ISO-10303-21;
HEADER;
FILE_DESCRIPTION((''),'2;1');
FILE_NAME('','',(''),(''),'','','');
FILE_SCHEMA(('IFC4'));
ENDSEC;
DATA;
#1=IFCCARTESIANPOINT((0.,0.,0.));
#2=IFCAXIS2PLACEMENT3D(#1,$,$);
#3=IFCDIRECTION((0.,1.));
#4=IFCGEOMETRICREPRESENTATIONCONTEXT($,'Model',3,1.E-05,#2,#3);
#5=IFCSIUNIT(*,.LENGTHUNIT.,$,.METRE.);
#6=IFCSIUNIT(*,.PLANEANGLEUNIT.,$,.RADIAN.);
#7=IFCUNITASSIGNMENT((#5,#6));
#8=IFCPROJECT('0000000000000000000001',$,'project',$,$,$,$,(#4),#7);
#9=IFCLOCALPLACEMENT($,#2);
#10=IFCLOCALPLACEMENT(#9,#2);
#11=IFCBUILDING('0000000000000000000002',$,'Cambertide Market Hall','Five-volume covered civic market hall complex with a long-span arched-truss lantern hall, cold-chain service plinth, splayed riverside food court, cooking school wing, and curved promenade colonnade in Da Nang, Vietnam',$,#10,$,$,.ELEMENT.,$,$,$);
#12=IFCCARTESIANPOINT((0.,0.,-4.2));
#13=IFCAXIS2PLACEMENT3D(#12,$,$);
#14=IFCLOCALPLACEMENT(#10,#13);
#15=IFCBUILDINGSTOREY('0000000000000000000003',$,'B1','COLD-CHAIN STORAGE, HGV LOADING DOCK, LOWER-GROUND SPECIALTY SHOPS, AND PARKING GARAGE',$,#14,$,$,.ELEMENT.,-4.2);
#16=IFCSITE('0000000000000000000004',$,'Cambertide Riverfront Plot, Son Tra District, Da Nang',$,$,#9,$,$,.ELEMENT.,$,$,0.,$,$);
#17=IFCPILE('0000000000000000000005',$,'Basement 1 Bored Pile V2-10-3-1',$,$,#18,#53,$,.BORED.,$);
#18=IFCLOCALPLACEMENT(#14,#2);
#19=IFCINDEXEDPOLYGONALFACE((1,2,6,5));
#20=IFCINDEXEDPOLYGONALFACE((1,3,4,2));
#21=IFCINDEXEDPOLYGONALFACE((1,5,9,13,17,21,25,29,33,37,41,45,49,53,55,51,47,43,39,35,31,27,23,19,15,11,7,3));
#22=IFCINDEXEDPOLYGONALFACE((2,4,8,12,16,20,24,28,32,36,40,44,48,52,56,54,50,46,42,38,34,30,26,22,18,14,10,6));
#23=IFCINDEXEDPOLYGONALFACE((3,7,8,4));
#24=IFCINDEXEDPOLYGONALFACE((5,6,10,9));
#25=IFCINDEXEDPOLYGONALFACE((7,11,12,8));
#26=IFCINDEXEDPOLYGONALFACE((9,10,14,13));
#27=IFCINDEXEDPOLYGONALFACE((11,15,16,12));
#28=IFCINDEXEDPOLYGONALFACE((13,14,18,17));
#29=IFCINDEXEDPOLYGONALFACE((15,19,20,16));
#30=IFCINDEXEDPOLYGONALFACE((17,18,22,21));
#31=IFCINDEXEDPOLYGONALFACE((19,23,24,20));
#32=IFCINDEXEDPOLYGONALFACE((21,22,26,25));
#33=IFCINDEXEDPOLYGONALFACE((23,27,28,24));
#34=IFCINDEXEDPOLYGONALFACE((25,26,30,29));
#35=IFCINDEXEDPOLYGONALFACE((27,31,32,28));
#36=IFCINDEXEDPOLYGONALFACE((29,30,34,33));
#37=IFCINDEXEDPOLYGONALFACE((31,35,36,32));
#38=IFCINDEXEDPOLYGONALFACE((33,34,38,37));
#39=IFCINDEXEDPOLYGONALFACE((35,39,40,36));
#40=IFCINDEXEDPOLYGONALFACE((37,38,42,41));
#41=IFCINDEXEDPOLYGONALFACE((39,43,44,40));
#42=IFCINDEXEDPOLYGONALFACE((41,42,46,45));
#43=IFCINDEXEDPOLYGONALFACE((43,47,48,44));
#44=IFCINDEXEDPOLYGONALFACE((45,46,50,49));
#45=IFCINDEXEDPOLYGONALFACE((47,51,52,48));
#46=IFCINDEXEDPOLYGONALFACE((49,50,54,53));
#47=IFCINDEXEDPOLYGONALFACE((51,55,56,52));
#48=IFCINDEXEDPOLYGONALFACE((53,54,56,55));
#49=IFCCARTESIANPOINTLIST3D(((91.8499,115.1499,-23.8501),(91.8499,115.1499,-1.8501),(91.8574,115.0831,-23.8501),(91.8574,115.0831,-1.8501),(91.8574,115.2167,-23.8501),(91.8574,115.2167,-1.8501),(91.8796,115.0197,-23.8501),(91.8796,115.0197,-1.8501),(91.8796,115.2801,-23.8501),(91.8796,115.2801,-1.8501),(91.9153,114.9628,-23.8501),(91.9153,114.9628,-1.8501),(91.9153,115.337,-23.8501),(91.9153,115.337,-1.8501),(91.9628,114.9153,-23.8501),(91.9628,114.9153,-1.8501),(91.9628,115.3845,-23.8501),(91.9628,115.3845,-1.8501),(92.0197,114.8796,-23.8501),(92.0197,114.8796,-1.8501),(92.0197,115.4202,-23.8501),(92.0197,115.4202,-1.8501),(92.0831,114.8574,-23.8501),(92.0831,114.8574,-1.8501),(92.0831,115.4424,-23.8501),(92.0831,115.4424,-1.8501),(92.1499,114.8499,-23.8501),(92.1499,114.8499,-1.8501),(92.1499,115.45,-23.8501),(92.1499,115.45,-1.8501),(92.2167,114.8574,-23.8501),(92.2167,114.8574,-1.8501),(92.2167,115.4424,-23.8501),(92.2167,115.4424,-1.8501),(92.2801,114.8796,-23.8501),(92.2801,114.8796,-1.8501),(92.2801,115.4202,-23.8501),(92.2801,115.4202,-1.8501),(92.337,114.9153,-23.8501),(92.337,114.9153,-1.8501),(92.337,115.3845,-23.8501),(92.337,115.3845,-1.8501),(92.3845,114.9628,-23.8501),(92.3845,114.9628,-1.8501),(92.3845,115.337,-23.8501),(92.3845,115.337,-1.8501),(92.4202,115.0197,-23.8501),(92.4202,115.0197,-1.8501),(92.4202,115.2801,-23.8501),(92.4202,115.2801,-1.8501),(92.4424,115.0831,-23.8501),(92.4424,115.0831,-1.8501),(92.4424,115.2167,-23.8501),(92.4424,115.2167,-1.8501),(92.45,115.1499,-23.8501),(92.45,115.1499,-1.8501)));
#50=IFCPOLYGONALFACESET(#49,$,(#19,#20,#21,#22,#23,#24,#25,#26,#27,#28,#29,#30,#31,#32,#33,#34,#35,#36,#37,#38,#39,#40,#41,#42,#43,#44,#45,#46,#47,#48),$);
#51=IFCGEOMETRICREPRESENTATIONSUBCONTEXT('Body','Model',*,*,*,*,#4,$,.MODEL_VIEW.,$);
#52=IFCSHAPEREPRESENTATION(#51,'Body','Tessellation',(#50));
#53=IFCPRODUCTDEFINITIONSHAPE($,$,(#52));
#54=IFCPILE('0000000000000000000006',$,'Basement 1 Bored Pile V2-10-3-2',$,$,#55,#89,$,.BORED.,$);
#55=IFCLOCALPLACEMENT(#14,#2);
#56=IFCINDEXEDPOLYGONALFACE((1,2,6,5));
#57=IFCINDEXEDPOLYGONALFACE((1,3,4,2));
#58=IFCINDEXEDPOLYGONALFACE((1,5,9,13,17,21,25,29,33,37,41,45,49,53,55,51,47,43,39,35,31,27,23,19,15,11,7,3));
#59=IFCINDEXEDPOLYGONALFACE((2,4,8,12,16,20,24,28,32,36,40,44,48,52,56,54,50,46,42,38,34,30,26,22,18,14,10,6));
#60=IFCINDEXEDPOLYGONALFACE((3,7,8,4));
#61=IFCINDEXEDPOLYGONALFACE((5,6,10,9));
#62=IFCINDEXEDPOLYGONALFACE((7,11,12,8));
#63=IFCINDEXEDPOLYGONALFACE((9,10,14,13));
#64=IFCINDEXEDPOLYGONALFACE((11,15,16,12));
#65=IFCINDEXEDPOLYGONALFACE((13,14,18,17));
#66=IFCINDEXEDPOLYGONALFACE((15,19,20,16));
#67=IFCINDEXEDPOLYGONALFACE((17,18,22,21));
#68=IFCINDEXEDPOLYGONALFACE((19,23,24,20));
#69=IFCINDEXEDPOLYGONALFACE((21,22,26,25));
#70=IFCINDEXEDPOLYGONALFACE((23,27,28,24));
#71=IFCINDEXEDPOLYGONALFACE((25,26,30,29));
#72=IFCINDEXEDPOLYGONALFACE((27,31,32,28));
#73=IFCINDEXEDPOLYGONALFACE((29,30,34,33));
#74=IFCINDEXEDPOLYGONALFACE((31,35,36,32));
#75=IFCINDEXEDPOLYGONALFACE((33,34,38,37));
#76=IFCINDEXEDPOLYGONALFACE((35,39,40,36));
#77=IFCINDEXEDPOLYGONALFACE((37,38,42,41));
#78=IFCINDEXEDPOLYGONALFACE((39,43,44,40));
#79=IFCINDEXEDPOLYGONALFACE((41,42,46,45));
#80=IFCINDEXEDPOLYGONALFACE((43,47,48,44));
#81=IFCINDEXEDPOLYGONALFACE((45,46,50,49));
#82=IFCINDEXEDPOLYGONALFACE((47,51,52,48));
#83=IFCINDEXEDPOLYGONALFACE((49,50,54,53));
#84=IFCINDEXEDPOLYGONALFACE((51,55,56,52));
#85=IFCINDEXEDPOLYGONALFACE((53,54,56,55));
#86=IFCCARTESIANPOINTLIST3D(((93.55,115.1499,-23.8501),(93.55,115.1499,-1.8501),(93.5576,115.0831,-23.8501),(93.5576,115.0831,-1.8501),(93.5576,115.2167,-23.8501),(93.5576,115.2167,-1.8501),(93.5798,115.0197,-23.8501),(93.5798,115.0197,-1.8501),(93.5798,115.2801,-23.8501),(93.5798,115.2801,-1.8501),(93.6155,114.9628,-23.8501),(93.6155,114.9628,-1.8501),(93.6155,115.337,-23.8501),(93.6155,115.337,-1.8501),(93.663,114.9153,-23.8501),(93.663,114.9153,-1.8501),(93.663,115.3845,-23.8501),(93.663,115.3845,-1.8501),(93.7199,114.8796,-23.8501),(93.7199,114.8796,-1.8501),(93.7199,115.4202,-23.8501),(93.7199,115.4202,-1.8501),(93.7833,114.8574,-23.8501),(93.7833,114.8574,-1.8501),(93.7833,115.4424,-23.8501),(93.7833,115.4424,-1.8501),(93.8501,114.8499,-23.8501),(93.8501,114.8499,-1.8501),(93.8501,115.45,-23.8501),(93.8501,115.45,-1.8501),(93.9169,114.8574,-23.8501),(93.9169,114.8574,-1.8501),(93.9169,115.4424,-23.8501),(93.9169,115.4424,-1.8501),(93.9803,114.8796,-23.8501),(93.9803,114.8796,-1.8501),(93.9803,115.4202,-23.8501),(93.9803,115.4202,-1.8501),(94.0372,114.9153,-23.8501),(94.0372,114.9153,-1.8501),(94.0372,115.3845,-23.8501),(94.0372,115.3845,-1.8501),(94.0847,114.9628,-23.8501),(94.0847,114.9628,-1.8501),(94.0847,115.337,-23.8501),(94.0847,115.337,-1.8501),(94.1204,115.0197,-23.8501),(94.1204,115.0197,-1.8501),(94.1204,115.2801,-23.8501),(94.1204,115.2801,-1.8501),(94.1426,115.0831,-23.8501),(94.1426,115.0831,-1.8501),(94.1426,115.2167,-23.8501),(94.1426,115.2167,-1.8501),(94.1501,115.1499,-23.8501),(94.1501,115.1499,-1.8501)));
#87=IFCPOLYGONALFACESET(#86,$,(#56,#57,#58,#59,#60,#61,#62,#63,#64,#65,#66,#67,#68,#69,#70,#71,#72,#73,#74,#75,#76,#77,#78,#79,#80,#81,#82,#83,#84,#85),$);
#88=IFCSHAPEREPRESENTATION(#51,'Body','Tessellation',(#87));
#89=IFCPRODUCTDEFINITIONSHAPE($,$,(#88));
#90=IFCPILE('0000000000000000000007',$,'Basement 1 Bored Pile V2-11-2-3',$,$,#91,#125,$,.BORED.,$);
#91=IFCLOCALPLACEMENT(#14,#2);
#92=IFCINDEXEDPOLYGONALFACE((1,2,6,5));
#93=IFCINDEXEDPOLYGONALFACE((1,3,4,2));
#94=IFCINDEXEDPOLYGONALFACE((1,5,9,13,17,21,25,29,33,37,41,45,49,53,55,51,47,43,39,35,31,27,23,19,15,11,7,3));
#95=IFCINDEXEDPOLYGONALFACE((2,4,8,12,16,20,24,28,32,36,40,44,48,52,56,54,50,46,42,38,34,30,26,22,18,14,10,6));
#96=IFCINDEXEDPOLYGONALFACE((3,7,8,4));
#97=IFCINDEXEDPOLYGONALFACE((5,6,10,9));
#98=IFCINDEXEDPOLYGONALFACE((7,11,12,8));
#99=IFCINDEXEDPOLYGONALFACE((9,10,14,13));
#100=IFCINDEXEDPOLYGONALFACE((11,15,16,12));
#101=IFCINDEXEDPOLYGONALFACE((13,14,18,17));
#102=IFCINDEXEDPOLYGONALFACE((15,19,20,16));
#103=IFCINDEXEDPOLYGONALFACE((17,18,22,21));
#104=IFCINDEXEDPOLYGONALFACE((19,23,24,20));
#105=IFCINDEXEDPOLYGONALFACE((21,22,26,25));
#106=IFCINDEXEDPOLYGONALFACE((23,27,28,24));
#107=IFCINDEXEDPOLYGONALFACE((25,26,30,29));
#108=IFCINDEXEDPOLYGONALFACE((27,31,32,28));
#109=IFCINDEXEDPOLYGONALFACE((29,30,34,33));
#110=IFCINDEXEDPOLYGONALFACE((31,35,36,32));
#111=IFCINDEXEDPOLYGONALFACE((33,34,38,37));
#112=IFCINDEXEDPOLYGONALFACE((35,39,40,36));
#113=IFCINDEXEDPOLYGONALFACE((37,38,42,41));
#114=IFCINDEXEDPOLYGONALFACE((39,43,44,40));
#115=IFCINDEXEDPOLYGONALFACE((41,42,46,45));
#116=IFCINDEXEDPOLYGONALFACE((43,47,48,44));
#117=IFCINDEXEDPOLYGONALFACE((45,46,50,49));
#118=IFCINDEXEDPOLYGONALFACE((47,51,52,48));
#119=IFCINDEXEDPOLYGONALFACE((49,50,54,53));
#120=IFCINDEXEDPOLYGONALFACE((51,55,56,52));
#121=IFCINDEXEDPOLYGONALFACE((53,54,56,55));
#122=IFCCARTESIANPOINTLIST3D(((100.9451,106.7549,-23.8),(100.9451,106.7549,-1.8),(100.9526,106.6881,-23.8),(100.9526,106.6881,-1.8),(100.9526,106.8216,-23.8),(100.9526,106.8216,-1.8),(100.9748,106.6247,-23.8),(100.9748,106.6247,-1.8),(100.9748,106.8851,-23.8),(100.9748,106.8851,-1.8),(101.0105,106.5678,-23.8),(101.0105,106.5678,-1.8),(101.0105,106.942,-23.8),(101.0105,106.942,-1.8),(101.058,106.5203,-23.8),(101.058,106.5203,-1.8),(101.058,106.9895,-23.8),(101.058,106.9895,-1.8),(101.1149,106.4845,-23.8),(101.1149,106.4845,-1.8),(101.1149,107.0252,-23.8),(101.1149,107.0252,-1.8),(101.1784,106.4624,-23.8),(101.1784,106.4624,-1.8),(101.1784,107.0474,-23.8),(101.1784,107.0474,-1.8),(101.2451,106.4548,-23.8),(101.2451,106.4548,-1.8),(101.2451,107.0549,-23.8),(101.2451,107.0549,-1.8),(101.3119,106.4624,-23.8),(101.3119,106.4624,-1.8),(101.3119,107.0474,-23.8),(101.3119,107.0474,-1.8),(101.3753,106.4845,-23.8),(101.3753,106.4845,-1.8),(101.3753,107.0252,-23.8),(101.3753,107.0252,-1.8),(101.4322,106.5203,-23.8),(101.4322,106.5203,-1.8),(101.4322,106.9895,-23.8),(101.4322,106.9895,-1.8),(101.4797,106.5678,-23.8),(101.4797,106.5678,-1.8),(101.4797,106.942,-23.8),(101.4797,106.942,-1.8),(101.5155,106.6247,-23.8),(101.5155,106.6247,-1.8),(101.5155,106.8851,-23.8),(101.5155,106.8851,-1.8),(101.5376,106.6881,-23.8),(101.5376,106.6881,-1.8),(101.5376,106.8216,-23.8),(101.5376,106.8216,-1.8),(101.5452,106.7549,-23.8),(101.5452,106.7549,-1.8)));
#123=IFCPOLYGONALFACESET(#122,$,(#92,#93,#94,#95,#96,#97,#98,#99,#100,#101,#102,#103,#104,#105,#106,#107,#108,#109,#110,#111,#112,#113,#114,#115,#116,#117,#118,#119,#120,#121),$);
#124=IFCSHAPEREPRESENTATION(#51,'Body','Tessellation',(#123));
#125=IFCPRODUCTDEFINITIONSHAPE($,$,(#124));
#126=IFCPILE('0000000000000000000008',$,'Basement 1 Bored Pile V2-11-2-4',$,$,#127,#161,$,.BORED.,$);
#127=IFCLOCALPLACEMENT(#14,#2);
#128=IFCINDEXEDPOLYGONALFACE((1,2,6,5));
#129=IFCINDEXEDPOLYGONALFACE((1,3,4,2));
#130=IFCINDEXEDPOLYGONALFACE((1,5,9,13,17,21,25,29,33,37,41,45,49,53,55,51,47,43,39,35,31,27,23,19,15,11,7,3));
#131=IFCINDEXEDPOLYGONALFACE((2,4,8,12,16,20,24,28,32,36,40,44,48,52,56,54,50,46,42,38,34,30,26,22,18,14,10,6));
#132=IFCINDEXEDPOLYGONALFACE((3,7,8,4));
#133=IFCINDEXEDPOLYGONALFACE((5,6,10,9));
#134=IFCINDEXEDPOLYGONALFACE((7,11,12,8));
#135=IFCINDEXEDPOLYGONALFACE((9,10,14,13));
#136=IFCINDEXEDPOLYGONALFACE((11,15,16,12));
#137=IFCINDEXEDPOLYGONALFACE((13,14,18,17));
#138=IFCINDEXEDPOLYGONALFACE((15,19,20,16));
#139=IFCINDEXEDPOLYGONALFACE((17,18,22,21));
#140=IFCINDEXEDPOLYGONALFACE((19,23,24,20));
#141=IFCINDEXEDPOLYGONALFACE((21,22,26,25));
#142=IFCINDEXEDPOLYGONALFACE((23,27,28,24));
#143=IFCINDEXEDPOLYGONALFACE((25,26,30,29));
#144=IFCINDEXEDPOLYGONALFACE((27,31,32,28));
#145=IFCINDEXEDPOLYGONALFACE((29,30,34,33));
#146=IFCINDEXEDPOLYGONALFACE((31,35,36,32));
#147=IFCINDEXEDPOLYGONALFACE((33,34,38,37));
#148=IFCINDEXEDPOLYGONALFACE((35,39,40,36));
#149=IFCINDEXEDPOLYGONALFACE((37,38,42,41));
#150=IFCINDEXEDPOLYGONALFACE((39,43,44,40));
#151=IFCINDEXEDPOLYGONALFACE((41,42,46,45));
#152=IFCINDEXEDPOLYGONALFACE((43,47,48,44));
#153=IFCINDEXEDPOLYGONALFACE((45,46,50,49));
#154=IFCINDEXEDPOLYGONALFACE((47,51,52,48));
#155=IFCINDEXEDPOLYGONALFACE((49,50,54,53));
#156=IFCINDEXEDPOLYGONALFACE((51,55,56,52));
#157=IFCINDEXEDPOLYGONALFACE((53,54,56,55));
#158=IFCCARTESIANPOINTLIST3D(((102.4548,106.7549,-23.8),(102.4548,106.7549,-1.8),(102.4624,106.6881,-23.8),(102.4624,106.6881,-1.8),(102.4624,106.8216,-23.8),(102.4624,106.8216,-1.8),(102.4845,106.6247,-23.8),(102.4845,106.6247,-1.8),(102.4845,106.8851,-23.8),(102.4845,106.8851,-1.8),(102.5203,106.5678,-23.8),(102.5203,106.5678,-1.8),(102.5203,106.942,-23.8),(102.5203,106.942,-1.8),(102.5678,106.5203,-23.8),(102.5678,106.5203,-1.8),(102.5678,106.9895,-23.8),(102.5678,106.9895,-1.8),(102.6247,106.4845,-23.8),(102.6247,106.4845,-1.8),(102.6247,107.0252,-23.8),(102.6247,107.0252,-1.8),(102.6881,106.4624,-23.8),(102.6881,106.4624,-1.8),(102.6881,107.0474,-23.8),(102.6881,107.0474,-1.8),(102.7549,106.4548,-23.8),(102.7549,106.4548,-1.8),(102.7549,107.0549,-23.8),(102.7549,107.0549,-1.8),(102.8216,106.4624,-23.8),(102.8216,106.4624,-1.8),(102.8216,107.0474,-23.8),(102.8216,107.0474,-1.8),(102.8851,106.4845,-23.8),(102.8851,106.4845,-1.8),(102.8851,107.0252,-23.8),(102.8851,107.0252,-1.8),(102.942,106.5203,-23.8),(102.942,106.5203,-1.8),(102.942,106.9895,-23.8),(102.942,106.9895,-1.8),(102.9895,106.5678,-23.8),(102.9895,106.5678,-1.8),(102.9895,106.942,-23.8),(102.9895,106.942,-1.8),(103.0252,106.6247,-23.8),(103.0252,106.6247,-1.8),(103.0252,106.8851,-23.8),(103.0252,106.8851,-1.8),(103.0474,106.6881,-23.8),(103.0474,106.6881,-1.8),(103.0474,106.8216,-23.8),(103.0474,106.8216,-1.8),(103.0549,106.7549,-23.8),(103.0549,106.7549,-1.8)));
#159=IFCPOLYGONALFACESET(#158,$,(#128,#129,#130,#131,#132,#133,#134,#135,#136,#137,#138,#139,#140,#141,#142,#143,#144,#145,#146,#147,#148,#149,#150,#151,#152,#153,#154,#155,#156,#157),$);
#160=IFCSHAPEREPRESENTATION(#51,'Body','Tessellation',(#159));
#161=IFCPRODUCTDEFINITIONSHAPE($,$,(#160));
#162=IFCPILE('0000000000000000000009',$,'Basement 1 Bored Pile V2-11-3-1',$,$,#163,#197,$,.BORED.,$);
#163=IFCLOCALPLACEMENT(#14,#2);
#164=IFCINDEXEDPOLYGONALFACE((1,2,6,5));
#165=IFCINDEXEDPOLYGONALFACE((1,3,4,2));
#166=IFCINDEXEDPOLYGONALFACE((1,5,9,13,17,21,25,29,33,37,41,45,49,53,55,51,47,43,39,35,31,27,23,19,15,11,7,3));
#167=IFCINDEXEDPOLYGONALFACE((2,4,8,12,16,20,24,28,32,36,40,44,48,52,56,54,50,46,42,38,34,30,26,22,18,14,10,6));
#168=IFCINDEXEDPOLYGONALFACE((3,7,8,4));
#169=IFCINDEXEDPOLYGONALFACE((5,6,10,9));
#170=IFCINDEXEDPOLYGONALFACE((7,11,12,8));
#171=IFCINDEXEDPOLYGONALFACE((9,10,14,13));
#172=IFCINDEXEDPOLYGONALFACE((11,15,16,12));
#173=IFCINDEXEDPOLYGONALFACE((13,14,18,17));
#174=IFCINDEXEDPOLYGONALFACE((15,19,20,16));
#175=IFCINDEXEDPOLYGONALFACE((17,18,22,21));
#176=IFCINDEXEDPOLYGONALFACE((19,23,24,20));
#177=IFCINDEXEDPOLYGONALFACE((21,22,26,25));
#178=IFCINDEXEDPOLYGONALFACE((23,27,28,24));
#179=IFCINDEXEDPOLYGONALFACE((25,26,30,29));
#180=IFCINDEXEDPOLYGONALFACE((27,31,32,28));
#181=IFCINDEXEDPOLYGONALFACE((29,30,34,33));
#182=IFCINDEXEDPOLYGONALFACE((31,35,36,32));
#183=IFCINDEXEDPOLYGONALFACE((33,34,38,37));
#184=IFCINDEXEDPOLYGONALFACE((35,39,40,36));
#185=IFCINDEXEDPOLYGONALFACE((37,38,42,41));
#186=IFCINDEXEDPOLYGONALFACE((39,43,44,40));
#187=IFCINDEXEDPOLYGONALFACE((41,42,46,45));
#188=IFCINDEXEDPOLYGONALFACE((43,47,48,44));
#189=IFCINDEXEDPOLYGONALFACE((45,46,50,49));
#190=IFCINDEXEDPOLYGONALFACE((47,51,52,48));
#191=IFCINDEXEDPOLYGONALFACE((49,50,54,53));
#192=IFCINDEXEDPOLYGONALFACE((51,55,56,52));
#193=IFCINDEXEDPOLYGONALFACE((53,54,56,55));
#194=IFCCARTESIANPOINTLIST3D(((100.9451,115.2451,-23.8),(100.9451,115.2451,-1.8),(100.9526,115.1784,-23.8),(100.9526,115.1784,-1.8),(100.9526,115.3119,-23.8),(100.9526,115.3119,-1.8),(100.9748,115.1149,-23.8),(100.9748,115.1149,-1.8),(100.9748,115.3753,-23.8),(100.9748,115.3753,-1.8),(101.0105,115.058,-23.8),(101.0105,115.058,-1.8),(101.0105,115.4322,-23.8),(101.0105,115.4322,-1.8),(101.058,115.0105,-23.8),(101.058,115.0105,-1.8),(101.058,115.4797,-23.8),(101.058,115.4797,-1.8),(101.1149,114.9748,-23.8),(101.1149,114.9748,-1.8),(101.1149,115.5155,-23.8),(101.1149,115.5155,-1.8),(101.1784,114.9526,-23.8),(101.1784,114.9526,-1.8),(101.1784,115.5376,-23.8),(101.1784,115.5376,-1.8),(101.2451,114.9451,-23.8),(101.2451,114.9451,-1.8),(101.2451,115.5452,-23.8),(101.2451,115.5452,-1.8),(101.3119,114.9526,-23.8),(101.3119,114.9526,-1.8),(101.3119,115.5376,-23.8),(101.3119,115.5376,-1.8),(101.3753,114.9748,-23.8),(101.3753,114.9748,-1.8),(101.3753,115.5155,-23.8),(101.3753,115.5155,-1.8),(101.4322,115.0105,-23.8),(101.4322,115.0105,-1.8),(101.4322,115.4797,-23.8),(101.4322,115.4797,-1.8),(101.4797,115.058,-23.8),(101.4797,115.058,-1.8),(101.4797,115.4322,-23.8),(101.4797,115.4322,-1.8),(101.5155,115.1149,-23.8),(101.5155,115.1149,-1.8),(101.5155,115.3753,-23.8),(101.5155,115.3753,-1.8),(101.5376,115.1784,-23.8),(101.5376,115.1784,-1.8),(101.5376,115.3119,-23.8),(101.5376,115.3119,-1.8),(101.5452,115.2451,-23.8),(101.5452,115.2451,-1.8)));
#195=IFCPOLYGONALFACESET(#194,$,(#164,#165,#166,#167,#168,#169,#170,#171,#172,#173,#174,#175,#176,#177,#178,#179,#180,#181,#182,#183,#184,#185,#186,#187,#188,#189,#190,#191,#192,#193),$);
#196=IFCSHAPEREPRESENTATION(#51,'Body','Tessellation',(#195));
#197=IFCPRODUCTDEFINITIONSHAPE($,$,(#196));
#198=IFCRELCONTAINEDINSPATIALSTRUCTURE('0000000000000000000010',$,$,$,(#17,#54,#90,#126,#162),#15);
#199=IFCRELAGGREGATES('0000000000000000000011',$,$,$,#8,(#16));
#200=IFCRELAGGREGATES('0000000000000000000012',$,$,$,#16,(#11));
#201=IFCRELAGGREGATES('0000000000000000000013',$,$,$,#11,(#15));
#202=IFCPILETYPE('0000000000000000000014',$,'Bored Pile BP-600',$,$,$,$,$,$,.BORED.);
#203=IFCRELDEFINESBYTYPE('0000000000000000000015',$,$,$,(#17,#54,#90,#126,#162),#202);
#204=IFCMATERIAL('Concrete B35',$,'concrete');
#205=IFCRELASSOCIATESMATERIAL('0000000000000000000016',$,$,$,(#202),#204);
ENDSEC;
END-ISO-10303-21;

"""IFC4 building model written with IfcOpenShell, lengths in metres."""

from ifc_helpers import new_model, si_unit, direction, frame, origin, origin_2d, place, context, subcontext, project, spatial, circle, extrude, material, material_profile, profile_set, type_object, element, save


model = new_model("IFC4")

# Units and contexts
model_context = context("Model", 3, precision=1e-05, world=origin(), true_north=direction((0.0, 1.0)))
body_context = subcontext(model_context, "Body", "Model", "MODEL_VIEW")
ifc_project = project(units=[si_unit("LENGTHUNIT", "METRE"), si_unit("PLANEANGLEUNIT", "RADIAN")], contexts=[model_context])

# Site, building, storey
site_placement = place(None, origin())
site = spatial("IfcSite", under=ifc_project, at=site_placement, Name="Cambertide Riverfront Plot, Son Tra District, Da Nang", CompositionType="ELEMENT", RefElevation=0.0)
building_placement = place(site_placement, origin())
building = spatial("IfcBuilding", under=site, at=building_placement, Name="Cambertide Market Hall", Description="Five-volume covered civic market hall complex with a long-span arched-truss lantern hall, cold-chain service plinth, splayed riverside food court, cooking school wing, and curved promenade colonnade in Da Nang, Vietnam", CompositionType="ELEMENT")
storey_placement = place(building_placement, frame((0.0, 0.0, -4.2)))
storey = spatial("IfcBuildingStorey", under=building, at=storey_placement, Name="B1", Description="COLD-CHAIN STORAGE, HGV LOADING DOCK, LOWER-GROUND SPECIALTY SHOPS, AND PARKING GARAGE", CompositionType="ELEMENT", Elevation=-4.2)

# Piles
ifc_material_1 = material(Name="Concrete B35", Category="concrete")
ifc_material_profile_1 = material_profile(ifc_material_1, circle(Radius=0.3, at=origin_2d()), Name="BP D600")
ifc_profile_set_1 = profile_set([ifc_material_profile_1], Name="Concrete B35")
pile_type = type_object("IfcPileType", Name="Bored Pile BP-600", PredefinedType="BORED", material=ifc_profile_set_1)
for number, where, z_axis, x_axis, name in (
    (1, (92.1499, 115.1499, -1.8501), (0.0, 0.0, -1.0), (1.0, 0.0, 0.0), "Basement 1 Bored Pile V2-10-3-1"),
    (2, (93.8501, 115.1499, -1.8501), (0.0, 0.0, -1.0), (1.0, 0.0, 0.0), "Basement 1 Bored Pile V2-10-3-2"),
    (3, (101.2451, 106.7549, -1.8), (0.0, 0.0, -1.0), (1.0, 0.0, 0.0), "Basement 1 Bored Pile V2-11-2-3"),
    (4, (102.7549, 106.7549, -1.8), (0.0, 0.0, -1.0), (1.0, 0.0, 0.0), "Basement 1 Bored Pile V2-11-2-4"),
    (5, (101.2451, 115.2451, -1.8), (0.0, 0.0, -1.0), (1.0, 0.0, 0.0), "Basement 1 Bored Pile V2-11-3-1"),
):
    element("IfcPile", number, at=place(storey_placement, frame(where, z_axis=z_axis, x_axis=x_axis)), inside=storey, type_object=pile_type, Name=name, PredefinedType="BORED", context=body_context, shape_type="SweptSolid", body=[
        extrude(circle(Radius=0.3, at=origin_2d()), origin(), (0.0, 0.0, 1.0), 22.0),
    ])

save(model, "model.ifc")
